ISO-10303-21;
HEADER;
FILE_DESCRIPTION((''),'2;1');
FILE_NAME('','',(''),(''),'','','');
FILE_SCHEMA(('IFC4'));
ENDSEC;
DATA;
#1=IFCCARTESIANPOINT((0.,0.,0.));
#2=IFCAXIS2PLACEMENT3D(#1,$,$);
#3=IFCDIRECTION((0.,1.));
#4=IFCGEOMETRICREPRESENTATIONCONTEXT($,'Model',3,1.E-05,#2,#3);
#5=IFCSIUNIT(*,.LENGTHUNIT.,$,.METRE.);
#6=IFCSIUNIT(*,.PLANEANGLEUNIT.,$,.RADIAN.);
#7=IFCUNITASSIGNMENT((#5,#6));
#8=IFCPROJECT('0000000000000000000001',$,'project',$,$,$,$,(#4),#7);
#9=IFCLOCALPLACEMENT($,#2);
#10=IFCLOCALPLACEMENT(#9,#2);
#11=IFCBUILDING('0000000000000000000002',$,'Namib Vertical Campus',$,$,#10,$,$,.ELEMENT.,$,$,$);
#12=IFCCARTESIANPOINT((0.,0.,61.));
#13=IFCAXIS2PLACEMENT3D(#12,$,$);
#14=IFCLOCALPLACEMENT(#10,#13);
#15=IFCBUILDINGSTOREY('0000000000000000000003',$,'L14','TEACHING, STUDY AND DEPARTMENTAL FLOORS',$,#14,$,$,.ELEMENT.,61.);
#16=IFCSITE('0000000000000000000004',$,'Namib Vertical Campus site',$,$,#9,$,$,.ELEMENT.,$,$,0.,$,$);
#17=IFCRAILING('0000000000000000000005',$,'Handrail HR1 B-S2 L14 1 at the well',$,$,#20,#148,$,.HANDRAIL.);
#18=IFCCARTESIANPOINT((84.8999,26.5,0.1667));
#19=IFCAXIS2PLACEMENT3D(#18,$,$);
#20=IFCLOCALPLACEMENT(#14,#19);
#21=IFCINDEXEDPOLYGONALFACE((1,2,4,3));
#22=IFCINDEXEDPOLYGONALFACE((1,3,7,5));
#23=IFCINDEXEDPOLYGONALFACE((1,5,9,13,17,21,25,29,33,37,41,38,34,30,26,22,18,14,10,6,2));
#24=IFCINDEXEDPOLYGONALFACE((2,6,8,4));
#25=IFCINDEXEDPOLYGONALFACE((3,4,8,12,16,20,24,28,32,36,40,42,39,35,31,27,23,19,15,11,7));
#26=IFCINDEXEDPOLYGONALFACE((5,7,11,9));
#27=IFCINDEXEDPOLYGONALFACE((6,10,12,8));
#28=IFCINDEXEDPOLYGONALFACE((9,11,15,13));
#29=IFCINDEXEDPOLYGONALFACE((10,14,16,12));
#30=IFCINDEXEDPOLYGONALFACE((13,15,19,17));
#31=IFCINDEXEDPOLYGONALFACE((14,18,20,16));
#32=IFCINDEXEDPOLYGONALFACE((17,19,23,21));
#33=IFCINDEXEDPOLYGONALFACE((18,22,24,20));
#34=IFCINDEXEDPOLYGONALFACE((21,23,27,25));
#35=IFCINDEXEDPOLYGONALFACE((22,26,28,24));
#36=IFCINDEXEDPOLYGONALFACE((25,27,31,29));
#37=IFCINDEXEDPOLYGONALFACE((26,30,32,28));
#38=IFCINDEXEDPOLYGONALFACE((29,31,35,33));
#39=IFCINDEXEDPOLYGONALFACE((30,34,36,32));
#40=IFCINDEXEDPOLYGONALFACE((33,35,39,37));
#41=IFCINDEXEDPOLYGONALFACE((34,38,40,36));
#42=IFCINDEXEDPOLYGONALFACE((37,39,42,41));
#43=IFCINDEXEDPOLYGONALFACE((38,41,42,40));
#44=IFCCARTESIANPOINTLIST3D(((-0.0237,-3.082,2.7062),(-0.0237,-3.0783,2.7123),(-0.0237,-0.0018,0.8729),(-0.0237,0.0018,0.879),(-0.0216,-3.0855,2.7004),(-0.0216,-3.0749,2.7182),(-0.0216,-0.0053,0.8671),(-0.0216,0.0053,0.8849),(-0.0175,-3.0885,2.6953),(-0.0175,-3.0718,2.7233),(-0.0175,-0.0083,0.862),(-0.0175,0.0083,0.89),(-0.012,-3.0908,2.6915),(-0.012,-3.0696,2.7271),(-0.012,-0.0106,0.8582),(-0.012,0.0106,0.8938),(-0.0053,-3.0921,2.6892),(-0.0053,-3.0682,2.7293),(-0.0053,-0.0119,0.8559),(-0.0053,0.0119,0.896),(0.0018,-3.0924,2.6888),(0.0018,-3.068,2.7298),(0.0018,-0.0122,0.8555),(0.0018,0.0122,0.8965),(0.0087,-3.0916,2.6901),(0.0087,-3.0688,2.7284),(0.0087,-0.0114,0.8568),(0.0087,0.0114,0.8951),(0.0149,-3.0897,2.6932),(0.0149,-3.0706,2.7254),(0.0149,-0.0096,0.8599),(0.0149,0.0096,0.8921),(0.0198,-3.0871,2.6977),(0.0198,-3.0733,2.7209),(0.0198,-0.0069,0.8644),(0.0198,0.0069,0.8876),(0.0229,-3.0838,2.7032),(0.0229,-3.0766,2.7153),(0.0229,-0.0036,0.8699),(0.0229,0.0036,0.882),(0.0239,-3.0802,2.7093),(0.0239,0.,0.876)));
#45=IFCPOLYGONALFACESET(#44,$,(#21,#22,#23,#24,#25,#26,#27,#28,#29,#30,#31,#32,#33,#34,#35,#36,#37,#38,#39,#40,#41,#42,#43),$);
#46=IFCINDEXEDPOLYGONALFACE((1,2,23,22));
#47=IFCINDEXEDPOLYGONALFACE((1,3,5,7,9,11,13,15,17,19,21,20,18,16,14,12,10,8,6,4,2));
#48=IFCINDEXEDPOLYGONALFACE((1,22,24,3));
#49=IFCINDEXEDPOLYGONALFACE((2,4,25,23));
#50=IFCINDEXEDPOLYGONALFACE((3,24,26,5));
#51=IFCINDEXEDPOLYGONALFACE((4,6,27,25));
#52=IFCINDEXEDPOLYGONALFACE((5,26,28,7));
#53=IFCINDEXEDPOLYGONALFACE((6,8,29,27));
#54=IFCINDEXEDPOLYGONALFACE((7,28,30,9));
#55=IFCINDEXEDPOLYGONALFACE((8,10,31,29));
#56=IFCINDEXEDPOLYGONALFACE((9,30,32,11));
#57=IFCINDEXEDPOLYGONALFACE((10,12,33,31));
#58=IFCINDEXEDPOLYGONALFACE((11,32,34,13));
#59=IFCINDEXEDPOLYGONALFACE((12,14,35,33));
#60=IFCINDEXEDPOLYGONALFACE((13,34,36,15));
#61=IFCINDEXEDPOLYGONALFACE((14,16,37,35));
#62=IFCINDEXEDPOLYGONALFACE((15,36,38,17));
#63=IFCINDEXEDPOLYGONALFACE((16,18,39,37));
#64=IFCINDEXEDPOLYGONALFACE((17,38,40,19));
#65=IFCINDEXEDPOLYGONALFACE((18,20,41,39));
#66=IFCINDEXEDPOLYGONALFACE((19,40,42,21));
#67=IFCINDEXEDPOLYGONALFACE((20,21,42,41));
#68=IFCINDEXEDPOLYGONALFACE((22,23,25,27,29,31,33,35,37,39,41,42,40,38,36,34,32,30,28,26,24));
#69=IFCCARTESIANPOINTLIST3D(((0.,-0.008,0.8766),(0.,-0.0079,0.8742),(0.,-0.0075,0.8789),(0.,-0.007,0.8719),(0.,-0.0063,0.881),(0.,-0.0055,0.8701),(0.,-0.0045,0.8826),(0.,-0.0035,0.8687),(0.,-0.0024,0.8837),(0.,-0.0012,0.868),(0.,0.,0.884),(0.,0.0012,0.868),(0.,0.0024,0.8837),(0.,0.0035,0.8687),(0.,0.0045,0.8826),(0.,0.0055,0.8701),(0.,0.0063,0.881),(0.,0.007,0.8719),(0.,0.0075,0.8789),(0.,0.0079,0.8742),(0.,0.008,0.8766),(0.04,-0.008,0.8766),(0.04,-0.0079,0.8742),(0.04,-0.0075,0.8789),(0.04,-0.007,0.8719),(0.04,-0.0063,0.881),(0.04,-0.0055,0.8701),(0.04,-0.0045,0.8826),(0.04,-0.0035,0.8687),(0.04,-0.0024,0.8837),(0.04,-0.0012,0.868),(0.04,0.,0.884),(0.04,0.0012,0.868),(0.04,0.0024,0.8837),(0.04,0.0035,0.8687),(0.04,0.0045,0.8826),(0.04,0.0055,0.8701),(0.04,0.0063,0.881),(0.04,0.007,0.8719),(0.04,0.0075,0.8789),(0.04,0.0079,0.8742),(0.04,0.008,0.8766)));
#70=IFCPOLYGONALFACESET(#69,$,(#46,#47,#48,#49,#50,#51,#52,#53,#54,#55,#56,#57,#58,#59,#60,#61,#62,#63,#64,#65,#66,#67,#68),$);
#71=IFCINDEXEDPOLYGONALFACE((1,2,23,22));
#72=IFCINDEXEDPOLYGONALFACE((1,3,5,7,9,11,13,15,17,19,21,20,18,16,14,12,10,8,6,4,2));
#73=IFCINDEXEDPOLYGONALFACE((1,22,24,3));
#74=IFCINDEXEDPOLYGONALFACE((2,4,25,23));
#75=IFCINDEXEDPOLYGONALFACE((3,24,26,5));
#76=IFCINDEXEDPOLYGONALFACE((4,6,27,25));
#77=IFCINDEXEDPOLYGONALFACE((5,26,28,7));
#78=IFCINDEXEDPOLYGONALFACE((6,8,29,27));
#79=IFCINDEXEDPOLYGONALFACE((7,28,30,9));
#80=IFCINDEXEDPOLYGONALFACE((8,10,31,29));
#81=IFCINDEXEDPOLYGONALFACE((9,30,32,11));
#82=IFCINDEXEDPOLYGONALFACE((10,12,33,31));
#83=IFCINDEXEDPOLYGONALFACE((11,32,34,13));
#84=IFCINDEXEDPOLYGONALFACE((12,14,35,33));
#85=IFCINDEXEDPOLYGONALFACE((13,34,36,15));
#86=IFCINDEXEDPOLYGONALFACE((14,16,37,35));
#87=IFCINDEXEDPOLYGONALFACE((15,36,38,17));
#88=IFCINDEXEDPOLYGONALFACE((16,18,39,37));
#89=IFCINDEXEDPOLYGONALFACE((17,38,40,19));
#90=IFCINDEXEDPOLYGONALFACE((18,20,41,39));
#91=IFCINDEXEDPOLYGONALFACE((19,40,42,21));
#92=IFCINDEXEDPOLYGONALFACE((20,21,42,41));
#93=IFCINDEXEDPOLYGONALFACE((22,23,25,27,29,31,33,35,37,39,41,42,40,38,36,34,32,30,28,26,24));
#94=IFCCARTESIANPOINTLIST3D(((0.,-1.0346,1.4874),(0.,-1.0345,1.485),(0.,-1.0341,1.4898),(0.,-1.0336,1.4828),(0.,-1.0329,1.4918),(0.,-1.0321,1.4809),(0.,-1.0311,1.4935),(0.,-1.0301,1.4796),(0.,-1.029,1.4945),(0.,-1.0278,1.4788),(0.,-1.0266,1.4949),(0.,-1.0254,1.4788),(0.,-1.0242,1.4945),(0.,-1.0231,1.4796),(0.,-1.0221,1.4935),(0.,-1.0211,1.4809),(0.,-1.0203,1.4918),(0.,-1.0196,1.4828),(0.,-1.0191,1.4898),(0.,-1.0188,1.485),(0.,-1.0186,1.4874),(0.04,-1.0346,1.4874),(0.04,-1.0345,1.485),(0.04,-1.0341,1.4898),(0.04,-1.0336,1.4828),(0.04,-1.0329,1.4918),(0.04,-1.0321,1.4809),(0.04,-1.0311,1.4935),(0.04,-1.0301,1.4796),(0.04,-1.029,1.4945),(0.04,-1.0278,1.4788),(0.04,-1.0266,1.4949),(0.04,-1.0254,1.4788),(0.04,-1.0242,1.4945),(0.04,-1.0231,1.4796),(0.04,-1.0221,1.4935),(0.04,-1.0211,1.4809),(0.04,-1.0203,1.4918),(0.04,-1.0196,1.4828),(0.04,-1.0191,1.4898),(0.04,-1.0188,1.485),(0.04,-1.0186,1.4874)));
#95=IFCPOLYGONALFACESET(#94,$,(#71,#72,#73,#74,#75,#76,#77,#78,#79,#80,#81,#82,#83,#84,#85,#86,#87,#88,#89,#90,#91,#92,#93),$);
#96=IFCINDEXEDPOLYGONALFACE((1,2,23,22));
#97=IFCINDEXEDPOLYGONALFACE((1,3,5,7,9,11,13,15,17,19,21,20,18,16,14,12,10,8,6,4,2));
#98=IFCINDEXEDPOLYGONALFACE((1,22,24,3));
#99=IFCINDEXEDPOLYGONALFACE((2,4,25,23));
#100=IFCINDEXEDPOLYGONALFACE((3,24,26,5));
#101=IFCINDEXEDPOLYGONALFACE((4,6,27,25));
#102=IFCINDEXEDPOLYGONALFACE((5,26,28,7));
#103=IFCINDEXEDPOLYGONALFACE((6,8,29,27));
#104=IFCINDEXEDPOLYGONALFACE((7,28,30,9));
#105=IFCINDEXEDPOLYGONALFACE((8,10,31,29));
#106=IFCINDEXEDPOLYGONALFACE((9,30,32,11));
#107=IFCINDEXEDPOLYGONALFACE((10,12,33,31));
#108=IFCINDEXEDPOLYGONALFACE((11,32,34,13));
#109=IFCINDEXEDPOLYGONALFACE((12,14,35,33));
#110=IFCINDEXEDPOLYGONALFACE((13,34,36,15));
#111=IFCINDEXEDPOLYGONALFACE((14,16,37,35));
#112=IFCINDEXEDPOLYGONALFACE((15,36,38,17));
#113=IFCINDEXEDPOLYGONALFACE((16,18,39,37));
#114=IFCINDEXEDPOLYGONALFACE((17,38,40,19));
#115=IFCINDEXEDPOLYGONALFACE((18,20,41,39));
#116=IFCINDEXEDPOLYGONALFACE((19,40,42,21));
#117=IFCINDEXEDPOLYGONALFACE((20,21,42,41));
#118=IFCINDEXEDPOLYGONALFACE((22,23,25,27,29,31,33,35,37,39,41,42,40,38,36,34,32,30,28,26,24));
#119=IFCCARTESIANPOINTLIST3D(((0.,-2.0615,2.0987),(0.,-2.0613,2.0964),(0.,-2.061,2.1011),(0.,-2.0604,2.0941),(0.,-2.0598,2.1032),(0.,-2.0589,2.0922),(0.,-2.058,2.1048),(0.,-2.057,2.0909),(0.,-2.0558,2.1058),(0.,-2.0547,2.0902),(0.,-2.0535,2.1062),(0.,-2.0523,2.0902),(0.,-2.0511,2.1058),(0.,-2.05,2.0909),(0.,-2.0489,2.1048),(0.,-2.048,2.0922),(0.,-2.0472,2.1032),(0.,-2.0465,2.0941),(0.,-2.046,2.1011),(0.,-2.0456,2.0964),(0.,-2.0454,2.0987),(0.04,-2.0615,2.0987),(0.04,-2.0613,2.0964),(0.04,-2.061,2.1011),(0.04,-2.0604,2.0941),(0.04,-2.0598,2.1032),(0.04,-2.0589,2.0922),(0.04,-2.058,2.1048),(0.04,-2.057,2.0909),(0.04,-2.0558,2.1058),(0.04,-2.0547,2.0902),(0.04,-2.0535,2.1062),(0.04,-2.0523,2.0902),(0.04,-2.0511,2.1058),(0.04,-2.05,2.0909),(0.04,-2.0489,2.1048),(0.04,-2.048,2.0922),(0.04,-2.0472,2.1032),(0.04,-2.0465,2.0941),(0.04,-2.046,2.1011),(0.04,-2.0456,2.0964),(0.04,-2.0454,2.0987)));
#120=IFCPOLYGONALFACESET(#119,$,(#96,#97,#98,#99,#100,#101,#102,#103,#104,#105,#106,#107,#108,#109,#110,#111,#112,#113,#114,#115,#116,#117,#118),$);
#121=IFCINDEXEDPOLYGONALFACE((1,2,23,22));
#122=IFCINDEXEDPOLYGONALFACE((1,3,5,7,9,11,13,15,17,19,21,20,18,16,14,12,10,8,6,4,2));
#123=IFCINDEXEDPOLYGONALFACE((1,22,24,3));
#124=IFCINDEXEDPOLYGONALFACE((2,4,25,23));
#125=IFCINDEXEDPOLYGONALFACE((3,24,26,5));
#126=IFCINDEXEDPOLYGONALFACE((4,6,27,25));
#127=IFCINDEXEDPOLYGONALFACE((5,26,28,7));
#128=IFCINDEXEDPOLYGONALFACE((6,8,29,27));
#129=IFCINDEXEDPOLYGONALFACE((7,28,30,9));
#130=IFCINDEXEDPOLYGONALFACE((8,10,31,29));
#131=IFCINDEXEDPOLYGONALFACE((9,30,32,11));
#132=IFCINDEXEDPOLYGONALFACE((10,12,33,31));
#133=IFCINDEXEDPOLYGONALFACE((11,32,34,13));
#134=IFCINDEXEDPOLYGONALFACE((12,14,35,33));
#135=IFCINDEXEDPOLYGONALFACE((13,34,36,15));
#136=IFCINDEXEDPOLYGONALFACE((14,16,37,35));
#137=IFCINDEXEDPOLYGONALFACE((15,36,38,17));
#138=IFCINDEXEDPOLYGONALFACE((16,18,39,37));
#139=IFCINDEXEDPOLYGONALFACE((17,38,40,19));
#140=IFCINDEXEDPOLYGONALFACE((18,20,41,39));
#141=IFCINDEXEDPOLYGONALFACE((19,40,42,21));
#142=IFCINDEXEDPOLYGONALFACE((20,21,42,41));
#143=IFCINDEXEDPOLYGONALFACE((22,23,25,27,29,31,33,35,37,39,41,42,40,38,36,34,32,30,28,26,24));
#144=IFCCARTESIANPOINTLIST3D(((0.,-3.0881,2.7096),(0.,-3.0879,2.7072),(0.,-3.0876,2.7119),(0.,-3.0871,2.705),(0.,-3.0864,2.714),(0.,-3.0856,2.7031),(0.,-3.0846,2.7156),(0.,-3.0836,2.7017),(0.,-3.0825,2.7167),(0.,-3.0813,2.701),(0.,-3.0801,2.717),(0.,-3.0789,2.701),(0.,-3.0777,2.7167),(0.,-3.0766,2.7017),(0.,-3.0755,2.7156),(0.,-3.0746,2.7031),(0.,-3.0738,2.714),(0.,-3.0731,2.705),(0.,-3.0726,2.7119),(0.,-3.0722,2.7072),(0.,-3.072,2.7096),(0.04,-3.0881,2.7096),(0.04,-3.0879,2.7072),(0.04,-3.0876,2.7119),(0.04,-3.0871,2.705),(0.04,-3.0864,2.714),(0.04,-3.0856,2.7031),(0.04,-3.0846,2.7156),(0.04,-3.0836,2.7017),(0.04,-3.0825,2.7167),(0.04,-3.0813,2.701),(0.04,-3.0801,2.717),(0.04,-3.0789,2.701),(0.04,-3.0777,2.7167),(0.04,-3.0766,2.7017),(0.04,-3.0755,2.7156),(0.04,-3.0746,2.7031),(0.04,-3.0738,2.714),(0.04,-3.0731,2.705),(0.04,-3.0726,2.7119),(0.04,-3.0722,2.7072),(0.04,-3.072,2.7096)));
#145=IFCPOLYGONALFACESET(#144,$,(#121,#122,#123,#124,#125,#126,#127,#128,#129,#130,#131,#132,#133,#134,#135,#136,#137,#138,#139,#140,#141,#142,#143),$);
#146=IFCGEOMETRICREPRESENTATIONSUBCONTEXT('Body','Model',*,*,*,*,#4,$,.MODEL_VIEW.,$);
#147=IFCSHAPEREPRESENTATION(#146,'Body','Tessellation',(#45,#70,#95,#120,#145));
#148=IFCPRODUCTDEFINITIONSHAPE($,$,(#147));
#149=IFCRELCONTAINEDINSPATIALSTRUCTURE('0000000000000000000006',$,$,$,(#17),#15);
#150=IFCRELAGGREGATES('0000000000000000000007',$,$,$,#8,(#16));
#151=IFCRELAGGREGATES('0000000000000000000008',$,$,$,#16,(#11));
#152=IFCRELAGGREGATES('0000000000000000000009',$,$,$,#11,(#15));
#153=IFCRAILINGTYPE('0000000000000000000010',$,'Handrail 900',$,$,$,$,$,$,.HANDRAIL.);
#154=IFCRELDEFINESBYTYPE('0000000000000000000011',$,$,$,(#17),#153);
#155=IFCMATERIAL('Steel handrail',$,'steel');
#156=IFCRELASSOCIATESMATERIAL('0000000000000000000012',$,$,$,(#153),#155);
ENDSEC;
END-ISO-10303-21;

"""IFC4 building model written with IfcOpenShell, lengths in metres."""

from ifc_helpers import new_model, si_unit, direction, frame, origin, origin_2d, place, context, subcontext, project, spatial, circle, extrude, material, type_object, element, save


model = new_model("IFC4")

# Units and contexts
model_context = context("Model", 3, precision=1e-05, world=origin(), true_north=direction((0.0, 1.0)))
body_context = subcontext(model_context, "Body", "Model", "MODEL_VIEW")
ifc_project = project(units=[si_unit("LENGTHUNIT", "METRE"), si_unit("PLANEANGLEUNIT", "RADIAN")], contexts=[model_context])

# Site, building, storey
site_placement = place(None, origin())
site = spatial("IfcSite", under=ifc_project, at=site_placement, Name="Namib Vertical Campus site", CompositionType="ELEMENT", RefElevation=0.0)
building_placement = place(site_placement, origin())
building = spatial("IfcBuilding", under=site, at=building_placement, Name="Namib Vertical Campus", CompositionType="ELEMENT")
storey_placement = place(building_placement, frame((0.0, 0.0, 61.0)))
storey = spatial("IfcBuildingStorey", under=building, at=storey_placement, Name="L14", Description="TEACHING, STUDY AND DEPARTMENTAL FLOORS", CompositionType="ELEMENT", Elevation=61.0)

# Railing
ifc_material_1 = material(Name="Steel handrail", Category="steel")
railing_type_1 = type_object("IfcRailingType", Name="Handrail 900", PredefinedType="HANDRAIL", material=ifc_material_1)
railing_1_placement = place(storey_placement, frame((84.8999, 26.5, 0.1667)))
element("IfcRailing", 1, at=railing_1_placement, inside=storey, type_object=railing_type_1, Name="Handrail HR1 B-S2 L14 1 at the well", PredefinedType="HANDRAIL", context=body_context, shape_type="SweptSolid", body=[
    extrude(circle(Radius=0.0239, at=origin_2d()), frame((0.0, 0.0, 0.876), z_axis=(0.0, -0.859309, 0.511458), x_axis=(1.0, 0.0, 0.0)), (0.0, 0.0, 1.0), 3.5845),
    extrude(circle(Radius=0.0081, at=origin_2d()), frame((0.0, 0.0, 0.876), z_axis=(1.0, 0.0, 0.0), x_axis=(0.0, 0.0, 1.0)), (0.0, 0.0, 1.0), 0.04),
    extrude(circle(Radius=0.0081, at=origin_2d()), frame((0.0, -1.0266, 1.4868), z_axis=(1.0, 0.0, 0.0), x_axis=(0.0, 0.0, 1.0)), (0.0, 0.0, 1.0), 0.04),
    extrude(circle(Radius=0.0081, at=origin_2d()), frame((0.0, -2.0535, 2.0981), z_axis=(1.0, 0.0, 0.0), x_axis=(0.0, 0.0, 1.0)), (0.0, 0.0, 1.0), 0.04),
    extrude(circle(Radius=0.0081, at=origin_2d()), frame((0.0, -3.0801, 2.709), z_axis=(1.0, 0.0, 0.0), x_axis=(0.0, 0.0, 1.0)), (0.0, 0.0, 1.0), 0.04),
])

save(model, "model.ifc")
